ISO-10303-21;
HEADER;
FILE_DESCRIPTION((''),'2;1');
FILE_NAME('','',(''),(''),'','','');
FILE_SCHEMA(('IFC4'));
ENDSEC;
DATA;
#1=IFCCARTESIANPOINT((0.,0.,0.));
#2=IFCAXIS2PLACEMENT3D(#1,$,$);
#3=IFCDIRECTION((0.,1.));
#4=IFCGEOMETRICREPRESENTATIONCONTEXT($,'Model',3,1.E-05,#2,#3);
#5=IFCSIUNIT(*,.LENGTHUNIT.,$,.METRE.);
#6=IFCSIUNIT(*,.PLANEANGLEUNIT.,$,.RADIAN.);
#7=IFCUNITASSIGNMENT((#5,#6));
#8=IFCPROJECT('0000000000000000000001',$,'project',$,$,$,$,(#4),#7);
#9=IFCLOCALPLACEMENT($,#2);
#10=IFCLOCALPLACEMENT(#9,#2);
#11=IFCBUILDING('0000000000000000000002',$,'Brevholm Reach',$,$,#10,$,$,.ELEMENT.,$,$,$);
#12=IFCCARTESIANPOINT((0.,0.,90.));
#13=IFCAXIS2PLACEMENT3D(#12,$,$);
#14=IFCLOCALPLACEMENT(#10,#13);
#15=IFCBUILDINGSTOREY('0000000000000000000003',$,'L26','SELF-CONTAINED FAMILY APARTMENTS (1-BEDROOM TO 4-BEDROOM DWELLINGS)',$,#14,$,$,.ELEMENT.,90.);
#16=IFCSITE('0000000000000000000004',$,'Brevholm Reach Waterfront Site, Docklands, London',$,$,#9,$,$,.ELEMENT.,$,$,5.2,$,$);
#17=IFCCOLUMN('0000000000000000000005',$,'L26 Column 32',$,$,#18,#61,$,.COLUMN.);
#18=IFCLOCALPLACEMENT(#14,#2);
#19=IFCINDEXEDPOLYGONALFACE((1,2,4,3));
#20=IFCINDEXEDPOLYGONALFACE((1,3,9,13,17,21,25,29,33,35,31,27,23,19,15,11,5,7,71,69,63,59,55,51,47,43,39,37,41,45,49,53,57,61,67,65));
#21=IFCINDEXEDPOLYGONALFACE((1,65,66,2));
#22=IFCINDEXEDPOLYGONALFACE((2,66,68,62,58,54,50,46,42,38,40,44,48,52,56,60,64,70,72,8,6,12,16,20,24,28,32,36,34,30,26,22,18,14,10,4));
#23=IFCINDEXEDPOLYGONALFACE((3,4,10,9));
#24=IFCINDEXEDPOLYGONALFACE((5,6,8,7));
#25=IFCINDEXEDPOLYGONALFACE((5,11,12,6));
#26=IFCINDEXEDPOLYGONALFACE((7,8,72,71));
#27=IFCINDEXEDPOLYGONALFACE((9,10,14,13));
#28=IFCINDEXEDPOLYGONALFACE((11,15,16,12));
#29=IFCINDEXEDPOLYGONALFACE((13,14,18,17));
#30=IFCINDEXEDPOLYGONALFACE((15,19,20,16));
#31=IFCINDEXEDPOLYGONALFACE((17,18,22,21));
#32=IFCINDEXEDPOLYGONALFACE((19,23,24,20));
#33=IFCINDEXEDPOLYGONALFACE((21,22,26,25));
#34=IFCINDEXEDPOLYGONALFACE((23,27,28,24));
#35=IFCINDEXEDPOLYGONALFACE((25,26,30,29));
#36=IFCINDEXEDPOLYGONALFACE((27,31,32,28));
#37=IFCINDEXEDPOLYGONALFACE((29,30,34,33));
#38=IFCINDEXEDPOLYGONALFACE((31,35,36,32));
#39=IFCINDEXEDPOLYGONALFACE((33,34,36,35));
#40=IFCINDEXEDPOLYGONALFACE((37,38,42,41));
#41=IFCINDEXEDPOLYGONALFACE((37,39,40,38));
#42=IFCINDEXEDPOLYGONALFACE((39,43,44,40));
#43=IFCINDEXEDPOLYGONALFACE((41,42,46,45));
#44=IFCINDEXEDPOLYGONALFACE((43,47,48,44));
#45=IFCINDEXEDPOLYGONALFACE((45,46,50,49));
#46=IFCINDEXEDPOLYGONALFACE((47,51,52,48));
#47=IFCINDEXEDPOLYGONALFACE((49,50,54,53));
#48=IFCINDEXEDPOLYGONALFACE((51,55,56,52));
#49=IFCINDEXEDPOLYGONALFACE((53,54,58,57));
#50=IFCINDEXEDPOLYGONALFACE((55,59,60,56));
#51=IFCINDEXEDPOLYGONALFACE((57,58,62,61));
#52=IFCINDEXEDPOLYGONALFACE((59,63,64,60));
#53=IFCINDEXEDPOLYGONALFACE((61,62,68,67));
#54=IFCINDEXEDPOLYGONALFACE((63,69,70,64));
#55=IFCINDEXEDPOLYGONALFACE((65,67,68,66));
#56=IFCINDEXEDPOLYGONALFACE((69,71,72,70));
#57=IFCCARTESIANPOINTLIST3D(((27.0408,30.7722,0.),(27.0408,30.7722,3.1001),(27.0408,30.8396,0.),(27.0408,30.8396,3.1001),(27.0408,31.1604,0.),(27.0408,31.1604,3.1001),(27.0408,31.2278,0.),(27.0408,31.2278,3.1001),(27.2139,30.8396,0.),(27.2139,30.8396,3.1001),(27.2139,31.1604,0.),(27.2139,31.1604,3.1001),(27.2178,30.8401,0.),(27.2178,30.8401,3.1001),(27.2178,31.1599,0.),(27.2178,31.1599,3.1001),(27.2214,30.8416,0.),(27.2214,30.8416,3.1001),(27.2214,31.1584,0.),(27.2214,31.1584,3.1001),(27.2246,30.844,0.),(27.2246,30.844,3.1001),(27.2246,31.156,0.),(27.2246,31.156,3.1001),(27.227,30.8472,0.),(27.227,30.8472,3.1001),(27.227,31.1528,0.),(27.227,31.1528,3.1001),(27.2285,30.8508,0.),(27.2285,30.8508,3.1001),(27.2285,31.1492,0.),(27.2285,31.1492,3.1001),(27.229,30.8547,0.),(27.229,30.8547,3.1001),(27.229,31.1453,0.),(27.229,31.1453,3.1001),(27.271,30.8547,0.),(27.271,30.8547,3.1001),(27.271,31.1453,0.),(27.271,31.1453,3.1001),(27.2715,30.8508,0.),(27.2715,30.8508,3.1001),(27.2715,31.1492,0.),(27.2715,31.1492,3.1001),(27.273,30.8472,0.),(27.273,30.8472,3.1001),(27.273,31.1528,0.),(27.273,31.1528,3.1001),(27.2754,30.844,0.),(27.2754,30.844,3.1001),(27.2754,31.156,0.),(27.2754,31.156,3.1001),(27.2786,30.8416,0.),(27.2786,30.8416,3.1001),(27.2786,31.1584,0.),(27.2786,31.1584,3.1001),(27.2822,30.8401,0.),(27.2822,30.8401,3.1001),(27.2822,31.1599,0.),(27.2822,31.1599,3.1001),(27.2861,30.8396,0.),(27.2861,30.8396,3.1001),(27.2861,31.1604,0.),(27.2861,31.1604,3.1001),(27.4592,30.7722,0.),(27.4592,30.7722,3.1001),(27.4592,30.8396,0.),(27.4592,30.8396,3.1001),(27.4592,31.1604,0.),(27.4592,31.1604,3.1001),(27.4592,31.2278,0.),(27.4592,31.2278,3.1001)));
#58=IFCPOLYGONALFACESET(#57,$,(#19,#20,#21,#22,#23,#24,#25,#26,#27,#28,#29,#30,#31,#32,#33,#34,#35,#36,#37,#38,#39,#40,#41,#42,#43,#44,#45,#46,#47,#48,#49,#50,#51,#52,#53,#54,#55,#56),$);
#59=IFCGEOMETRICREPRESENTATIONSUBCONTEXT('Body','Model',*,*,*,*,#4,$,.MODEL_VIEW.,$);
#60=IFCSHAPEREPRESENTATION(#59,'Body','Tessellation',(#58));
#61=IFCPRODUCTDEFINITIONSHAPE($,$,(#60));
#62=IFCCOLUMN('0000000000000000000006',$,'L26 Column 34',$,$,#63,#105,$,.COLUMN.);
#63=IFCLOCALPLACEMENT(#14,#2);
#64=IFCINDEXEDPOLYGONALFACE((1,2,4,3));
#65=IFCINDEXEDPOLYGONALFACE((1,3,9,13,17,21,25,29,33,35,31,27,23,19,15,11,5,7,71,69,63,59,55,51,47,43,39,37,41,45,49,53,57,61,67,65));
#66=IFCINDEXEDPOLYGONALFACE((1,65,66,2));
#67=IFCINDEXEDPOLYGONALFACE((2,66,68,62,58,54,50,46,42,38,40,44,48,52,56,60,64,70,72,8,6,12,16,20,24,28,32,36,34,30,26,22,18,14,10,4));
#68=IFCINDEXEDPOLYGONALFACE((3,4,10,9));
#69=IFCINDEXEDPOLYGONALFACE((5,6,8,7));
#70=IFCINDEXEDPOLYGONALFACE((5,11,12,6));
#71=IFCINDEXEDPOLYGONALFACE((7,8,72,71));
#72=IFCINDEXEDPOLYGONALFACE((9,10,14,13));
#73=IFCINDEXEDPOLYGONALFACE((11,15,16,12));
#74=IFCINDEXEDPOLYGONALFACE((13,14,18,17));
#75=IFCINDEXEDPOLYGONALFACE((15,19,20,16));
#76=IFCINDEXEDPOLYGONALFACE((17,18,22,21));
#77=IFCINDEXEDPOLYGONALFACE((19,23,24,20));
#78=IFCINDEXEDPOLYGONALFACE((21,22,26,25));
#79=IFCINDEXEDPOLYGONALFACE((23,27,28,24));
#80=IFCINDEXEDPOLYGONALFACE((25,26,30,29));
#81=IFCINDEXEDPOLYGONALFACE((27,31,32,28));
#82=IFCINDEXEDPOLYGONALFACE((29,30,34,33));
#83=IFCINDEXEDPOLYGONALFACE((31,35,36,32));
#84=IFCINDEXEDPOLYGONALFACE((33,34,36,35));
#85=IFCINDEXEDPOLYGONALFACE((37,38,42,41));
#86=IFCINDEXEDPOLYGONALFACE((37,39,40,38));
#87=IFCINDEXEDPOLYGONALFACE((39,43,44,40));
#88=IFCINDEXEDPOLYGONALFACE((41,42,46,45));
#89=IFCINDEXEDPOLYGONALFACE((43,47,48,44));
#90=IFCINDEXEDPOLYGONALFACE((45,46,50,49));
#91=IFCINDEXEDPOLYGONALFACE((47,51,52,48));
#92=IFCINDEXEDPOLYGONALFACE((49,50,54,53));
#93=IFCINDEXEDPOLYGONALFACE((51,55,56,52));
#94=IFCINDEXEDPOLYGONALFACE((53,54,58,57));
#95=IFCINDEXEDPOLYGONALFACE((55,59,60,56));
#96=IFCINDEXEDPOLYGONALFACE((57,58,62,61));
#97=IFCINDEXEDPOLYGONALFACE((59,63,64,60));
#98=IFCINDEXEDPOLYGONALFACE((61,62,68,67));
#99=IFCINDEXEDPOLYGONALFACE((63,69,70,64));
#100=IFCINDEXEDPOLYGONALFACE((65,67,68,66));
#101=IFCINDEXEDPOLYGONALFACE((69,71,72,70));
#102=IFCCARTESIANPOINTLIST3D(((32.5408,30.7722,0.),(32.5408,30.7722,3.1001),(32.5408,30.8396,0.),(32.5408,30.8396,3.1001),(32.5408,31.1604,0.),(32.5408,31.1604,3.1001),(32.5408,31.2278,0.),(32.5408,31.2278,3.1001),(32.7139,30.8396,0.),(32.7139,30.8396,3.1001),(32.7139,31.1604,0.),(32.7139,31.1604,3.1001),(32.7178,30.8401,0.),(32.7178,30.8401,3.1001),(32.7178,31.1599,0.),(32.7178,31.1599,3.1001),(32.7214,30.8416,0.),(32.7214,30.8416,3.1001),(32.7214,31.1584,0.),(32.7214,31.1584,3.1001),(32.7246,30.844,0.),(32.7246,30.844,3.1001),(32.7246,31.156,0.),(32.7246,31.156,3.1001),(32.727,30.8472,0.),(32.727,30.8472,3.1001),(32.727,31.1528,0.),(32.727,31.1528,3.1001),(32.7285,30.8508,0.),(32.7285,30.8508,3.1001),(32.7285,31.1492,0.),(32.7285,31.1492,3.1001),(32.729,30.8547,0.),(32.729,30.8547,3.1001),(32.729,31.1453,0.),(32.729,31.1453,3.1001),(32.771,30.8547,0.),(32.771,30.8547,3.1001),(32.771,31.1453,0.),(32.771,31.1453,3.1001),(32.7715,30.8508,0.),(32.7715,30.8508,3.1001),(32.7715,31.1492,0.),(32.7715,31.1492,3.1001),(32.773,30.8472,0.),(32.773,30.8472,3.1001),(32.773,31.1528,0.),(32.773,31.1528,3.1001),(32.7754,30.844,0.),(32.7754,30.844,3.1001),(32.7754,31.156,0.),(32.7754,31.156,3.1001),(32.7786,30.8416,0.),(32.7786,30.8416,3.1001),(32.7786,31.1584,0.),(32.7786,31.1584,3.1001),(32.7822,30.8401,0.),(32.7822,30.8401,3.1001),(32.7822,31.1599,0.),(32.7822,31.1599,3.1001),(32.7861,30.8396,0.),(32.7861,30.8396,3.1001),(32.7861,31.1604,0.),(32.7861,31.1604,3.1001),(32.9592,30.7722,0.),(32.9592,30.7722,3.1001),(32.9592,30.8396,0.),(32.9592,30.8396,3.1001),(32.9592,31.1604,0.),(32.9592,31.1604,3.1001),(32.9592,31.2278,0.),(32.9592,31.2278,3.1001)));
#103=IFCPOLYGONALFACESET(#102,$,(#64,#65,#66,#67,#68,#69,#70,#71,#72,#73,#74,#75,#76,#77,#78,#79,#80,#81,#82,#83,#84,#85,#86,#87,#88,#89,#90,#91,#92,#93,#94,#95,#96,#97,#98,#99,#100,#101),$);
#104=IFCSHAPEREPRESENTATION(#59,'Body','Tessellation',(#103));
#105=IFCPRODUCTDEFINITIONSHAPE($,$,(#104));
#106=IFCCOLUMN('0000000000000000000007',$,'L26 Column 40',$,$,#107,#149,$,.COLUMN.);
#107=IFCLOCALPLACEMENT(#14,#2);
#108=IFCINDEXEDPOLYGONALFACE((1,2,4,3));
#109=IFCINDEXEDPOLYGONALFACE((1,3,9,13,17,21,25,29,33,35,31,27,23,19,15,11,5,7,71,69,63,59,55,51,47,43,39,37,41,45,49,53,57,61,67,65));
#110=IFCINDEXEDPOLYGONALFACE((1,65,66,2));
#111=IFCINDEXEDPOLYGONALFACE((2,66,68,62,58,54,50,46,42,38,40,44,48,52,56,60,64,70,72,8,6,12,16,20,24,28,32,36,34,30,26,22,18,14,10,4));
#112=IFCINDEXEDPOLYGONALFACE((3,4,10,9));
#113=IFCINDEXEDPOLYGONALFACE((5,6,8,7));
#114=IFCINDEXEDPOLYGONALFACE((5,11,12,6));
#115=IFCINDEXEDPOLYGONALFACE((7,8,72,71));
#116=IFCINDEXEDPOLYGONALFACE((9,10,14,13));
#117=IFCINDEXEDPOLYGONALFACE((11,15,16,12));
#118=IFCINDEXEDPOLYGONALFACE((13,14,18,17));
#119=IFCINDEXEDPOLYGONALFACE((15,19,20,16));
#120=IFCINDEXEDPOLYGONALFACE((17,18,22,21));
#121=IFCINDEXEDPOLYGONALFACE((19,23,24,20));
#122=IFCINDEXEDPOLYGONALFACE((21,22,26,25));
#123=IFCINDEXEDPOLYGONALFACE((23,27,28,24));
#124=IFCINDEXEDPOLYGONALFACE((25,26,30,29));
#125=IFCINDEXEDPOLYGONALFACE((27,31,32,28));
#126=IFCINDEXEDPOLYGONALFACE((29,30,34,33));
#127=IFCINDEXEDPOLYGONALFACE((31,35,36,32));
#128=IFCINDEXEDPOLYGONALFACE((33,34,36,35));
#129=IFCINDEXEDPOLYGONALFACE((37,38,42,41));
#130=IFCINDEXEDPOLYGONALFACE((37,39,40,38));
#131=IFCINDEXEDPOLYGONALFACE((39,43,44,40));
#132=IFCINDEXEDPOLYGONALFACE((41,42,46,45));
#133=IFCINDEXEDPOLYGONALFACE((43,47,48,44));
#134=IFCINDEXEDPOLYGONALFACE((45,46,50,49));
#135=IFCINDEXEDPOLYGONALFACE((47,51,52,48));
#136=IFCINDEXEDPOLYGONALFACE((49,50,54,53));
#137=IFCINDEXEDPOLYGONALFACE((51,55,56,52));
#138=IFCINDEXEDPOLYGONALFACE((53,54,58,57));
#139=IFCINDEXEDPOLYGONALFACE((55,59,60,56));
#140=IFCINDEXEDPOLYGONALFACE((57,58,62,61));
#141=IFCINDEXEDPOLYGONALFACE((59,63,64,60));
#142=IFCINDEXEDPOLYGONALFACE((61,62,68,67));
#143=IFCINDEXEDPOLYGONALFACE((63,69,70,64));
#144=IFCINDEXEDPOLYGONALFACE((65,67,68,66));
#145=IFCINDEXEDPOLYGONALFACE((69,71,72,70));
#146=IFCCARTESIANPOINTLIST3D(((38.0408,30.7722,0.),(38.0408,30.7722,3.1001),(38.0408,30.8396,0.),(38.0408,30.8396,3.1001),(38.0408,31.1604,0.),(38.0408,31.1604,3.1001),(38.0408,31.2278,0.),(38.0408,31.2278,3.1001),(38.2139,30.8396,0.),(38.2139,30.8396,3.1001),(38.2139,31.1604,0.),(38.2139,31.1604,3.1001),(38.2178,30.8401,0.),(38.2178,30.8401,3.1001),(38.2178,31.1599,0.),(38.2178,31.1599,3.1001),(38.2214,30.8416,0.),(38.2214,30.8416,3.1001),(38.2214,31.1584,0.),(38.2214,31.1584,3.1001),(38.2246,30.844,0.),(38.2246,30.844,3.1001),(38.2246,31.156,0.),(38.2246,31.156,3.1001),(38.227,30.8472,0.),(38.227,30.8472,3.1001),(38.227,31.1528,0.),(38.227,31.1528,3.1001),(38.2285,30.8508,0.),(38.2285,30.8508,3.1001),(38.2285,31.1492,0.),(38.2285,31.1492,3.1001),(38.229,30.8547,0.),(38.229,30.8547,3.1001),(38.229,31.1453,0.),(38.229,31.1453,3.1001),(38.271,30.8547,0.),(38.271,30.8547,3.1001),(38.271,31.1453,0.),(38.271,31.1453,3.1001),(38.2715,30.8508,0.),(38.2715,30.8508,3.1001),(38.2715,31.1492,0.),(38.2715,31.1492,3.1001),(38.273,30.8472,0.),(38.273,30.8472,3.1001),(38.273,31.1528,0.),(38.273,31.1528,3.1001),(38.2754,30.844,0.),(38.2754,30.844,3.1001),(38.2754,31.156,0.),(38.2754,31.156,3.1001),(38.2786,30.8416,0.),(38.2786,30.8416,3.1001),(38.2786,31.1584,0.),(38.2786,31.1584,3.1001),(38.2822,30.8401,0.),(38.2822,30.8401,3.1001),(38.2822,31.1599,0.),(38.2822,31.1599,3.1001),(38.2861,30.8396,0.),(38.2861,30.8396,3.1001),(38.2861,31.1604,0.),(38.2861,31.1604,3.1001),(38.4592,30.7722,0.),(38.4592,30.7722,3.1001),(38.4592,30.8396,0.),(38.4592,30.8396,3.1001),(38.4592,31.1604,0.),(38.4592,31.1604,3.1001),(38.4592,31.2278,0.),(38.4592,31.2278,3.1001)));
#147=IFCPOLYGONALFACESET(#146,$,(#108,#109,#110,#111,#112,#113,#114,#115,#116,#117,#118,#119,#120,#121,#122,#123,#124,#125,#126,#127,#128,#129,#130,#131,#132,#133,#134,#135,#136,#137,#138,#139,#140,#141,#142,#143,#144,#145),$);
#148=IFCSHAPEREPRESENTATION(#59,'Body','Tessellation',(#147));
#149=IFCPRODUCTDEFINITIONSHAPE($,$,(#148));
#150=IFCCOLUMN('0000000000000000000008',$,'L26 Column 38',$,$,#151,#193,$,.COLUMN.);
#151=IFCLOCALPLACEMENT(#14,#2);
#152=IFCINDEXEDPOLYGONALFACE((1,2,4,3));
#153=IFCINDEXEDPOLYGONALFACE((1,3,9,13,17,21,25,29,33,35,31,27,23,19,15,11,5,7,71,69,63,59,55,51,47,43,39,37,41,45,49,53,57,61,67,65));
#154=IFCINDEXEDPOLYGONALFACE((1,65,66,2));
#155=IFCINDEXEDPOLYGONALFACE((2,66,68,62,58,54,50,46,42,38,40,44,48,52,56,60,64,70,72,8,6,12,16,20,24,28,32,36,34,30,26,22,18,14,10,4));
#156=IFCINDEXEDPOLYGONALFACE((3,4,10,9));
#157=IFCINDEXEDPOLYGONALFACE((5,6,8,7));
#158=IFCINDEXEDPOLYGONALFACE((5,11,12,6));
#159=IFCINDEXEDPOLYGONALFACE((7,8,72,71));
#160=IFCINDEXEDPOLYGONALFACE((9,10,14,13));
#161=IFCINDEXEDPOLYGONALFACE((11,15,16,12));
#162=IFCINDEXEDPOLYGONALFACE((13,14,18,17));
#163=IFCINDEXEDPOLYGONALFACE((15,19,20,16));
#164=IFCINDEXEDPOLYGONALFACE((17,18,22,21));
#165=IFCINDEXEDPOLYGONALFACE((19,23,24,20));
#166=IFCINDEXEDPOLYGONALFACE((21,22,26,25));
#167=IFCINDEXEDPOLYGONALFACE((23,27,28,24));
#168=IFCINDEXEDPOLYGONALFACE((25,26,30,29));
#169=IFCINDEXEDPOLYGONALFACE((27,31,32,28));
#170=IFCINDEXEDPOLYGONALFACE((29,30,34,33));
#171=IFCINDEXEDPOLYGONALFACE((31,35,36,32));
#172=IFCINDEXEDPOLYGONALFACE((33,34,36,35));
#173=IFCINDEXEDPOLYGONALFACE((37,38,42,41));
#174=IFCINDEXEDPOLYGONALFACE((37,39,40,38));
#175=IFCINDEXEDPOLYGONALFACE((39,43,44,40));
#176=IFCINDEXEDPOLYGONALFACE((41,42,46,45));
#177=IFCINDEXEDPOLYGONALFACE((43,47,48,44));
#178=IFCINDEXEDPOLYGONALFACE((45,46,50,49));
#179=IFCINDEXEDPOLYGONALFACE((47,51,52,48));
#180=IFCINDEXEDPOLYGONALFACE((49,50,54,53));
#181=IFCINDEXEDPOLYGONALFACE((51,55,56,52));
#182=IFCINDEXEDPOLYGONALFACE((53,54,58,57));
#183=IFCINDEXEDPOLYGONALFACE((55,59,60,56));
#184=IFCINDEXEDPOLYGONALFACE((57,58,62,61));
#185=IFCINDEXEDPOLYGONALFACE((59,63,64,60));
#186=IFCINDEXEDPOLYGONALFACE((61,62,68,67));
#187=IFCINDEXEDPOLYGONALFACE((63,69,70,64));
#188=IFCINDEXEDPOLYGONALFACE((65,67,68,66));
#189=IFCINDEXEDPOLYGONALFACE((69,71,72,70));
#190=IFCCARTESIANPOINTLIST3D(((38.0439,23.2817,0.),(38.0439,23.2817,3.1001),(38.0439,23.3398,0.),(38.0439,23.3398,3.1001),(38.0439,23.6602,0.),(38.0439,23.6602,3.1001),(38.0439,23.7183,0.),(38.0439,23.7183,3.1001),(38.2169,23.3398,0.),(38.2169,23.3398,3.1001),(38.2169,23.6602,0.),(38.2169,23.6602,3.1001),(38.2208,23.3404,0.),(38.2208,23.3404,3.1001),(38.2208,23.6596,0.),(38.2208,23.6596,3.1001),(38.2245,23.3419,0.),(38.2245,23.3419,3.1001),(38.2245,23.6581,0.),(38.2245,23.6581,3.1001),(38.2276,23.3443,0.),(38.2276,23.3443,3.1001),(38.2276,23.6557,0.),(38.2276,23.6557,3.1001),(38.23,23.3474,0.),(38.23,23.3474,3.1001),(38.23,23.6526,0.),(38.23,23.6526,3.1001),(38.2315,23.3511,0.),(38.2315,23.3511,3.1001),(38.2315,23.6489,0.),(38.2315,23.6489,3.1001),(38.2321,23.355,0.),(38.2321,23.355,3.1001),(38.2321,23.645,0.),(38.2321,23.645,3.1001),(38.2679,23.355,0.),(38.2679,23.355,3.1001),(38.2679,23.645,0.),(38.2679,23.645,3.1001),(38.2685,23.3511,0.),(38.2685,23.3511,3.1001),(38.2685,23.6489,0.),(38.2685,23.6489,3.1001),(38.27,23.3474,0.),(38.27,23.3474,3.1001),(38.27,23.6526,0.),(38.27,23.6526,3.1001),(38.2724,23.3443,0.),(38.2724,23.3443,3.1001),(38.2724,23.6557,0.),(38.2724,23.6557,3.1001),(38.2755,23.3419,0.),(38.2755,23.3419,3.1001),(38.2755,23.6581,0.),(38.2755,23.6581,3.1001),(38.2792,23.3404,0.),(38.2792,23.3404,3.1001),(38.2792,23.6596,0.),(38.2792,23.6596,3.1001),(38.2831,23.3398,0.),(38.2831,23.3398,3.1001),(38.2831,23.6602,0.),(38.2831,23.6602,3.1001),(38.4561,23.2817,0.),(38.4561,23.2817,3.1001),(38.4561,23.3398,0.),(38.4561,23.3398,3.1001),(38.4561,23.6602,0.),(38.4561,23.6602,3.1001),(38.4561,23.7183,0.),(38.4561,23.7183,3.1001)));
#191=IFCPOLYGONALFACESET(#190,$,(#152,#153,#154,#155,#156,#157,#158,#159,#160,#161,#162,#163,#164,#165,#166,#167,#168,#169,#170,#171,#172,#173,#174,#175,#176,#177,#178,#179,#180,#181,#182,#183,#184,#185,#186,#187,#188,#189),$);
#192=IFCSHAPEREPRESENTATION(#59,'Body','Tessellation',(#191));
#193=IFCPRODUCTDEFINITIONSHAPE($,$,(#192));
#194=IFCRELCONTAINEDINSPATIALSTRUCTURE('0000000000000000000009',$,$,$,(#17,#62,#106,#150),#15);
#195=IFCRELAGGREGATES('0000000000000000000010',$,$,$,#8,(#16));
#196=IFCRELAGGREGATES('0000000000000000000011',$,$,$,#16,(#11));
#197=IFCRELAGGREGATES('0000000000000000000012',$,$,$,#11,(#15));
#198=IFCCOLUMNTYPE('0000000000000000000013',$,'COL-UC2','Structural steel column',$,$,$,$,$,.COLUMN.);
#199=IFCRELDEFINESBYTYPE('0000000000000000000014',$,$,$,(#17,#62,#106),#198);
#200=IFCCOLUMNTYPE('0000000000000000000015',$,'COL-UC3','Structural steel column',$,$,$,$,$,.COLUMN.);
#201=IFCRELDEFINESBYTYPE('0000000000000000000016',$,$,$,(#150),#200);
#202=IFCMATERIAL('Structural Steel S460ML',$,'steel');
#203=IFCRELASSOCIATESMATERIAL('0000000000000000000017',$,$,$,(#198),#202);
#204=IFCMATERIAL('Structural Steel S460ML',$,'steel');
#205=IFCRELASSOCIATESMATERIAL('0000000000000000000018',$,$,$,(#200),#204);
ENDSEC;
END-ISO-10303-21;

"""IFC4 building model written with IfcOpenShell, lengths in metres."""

from ifc_helpers import new_model, si_unit, direction, frame, origin, origin_2d, place, context, subcontext, project, spatial, i_section, extrude, material, material_profile, profile_set, type_object, element, save


model = new_model("IFC4")

# Units and contexts
model_context = context("Model", 3, precision=1e-05, world=origin(), true_north=direction((0.0, 1.0)))
body_context = subcontext(model_context, "Body", "Model", "MODEL_VIEW")
ifc_project = project(units=[si_unit("LENGTHUNIT", "METRE"), si_unit("PLANEANGLEUNIT", "RADIAN")], contexts=[model_context])

# Site, building, storey
site_placement = place(None, origin())
site = spatial("IfcSite", under=ifc_project, at=site_placement, Name="Brevholm Reach Waterfront Site, Docklands, London", CompositionType="ELEMENT", RefElevation=5.2)
building_placement = place(site_placement, origin())
building = spatial("IfcBuilding", under=site, at=building_placement, Name="Brevholm Reach", CompositionType="ELEMENT")
storey_placement = place(building_placement, frame((0.0, 0.0, 90.0)))
storey = spatial("IfcBuildingStorey", under=building, at=storey_placement, Name="L26", Description="SELF-CONTAINED FAMILY APARTMENTS (1-BEDROOM TO 4-BEDROOM DWELLINGS)", CompositionType="ELEMENT", Elevation=90.0)

# Columns
ifc_material_1 = material(Name="Structural Steel S460ML", Category="steel")
ifc_material_profile_1 = material_profile(ifc_material_1, i_section(OverallWidth=0.4185, OverallDepth=0.4556, WebThickness=0.042, FlangeThickness=0.0674, FilletRadius=0.0151, at=origin_2d()), Name="UKC 356x406x551")
ifc_profile_set_1 = profile_set([ifc_material_profile_1], Name="Structural Steel S460ML")
column_type_1 = type_object("IfcColumnType", Name="COL-UC2", Description="Structural steel column", PredefinedType="COLUMN", material=ifc_profile_set_1)
for number, where, z_axis, x_axis, name in (
    (1, (27.25, 31.0, 0.0), (0.0, 0.0, 1.0), (1.0, 0.0, 0.0), "L26 Column 32"),
    (2, (32.75, 31.0, 0.0), (0.0, 0.0, 1.0), (1.0, 0.0, 0.0), "L26 Column 34"),
    (3, (38.25, 31.0, 0.0), (0.0, 0.0, 1.0), (1.0, 0.0, 0.0), "L26 Column 40"),
):
    element("IfcColumn", number, at=place(storey_placement, frame(where, z_axis=z_axis, x_axis=x_axis)), inside=storey, type_object=column_type_1, Name=name, PredefinedType="COLUMN", context=body_context, shape_type="SweptSolid", body=[
        extrude(i_section(OverallWidth=0.4185, OverallDepth=0.4556, WebThickness=0.042, FlangeThickness=0.0674, FilletRadius=0.0151, at=origin_2d()), origin(), (0.0, 0.0, 1.0), 3.1001),
    ])
ifc_material_2 = material(Name="Structural Steel S460ML", Category="steel")
ifc_material_profile_2 = material_profile(ifc_material_2, i_section(OverallWidth=0.4121, OverallDepth=0.4365, WebThickness=0.0359, FlangeThickness=0.0581, FilletRadius=0.0151, at=origin_2d()), Name="UKC 356x406x467")
ifc_profile_set_2 = profile_set([ifc_material_profile_2], Name="Structural Steel S460ML")
column_type_2 = type_object("IfcColumnType", Name="COL-UC3", Description="Structural steel column", PredefinedType="COLUMN", material=ifc_profile_set_2)
for number, where, z_axis, x_axis, name in (
    (4, (38.25, 23.5, 0.0), (0.0, 0.0, 1.0), (1.0, 0.0, 0.0), "L26 Column 38"),
):
    element("IfcColumn", number, at=place(storey_placement, frame(where, z_axis=z_axis, x_axis=x_axis)), inside=storey, type_object=column_type_2, Name=name, PredefinedType="COLUMN", context=body_context, shape_type="SweptSolid", body=[
        extrude(i_section(OverallWidth=0.4121, OverallDepth=0.4365, WebThickness=0.0359, FlangeThickness=0.0581, FilletRadius=0.0151, at=origin_2d()), origin(), (0.0, 0.0, 1.0), 3.1001),
    ])

save(model, "model.ifc")
